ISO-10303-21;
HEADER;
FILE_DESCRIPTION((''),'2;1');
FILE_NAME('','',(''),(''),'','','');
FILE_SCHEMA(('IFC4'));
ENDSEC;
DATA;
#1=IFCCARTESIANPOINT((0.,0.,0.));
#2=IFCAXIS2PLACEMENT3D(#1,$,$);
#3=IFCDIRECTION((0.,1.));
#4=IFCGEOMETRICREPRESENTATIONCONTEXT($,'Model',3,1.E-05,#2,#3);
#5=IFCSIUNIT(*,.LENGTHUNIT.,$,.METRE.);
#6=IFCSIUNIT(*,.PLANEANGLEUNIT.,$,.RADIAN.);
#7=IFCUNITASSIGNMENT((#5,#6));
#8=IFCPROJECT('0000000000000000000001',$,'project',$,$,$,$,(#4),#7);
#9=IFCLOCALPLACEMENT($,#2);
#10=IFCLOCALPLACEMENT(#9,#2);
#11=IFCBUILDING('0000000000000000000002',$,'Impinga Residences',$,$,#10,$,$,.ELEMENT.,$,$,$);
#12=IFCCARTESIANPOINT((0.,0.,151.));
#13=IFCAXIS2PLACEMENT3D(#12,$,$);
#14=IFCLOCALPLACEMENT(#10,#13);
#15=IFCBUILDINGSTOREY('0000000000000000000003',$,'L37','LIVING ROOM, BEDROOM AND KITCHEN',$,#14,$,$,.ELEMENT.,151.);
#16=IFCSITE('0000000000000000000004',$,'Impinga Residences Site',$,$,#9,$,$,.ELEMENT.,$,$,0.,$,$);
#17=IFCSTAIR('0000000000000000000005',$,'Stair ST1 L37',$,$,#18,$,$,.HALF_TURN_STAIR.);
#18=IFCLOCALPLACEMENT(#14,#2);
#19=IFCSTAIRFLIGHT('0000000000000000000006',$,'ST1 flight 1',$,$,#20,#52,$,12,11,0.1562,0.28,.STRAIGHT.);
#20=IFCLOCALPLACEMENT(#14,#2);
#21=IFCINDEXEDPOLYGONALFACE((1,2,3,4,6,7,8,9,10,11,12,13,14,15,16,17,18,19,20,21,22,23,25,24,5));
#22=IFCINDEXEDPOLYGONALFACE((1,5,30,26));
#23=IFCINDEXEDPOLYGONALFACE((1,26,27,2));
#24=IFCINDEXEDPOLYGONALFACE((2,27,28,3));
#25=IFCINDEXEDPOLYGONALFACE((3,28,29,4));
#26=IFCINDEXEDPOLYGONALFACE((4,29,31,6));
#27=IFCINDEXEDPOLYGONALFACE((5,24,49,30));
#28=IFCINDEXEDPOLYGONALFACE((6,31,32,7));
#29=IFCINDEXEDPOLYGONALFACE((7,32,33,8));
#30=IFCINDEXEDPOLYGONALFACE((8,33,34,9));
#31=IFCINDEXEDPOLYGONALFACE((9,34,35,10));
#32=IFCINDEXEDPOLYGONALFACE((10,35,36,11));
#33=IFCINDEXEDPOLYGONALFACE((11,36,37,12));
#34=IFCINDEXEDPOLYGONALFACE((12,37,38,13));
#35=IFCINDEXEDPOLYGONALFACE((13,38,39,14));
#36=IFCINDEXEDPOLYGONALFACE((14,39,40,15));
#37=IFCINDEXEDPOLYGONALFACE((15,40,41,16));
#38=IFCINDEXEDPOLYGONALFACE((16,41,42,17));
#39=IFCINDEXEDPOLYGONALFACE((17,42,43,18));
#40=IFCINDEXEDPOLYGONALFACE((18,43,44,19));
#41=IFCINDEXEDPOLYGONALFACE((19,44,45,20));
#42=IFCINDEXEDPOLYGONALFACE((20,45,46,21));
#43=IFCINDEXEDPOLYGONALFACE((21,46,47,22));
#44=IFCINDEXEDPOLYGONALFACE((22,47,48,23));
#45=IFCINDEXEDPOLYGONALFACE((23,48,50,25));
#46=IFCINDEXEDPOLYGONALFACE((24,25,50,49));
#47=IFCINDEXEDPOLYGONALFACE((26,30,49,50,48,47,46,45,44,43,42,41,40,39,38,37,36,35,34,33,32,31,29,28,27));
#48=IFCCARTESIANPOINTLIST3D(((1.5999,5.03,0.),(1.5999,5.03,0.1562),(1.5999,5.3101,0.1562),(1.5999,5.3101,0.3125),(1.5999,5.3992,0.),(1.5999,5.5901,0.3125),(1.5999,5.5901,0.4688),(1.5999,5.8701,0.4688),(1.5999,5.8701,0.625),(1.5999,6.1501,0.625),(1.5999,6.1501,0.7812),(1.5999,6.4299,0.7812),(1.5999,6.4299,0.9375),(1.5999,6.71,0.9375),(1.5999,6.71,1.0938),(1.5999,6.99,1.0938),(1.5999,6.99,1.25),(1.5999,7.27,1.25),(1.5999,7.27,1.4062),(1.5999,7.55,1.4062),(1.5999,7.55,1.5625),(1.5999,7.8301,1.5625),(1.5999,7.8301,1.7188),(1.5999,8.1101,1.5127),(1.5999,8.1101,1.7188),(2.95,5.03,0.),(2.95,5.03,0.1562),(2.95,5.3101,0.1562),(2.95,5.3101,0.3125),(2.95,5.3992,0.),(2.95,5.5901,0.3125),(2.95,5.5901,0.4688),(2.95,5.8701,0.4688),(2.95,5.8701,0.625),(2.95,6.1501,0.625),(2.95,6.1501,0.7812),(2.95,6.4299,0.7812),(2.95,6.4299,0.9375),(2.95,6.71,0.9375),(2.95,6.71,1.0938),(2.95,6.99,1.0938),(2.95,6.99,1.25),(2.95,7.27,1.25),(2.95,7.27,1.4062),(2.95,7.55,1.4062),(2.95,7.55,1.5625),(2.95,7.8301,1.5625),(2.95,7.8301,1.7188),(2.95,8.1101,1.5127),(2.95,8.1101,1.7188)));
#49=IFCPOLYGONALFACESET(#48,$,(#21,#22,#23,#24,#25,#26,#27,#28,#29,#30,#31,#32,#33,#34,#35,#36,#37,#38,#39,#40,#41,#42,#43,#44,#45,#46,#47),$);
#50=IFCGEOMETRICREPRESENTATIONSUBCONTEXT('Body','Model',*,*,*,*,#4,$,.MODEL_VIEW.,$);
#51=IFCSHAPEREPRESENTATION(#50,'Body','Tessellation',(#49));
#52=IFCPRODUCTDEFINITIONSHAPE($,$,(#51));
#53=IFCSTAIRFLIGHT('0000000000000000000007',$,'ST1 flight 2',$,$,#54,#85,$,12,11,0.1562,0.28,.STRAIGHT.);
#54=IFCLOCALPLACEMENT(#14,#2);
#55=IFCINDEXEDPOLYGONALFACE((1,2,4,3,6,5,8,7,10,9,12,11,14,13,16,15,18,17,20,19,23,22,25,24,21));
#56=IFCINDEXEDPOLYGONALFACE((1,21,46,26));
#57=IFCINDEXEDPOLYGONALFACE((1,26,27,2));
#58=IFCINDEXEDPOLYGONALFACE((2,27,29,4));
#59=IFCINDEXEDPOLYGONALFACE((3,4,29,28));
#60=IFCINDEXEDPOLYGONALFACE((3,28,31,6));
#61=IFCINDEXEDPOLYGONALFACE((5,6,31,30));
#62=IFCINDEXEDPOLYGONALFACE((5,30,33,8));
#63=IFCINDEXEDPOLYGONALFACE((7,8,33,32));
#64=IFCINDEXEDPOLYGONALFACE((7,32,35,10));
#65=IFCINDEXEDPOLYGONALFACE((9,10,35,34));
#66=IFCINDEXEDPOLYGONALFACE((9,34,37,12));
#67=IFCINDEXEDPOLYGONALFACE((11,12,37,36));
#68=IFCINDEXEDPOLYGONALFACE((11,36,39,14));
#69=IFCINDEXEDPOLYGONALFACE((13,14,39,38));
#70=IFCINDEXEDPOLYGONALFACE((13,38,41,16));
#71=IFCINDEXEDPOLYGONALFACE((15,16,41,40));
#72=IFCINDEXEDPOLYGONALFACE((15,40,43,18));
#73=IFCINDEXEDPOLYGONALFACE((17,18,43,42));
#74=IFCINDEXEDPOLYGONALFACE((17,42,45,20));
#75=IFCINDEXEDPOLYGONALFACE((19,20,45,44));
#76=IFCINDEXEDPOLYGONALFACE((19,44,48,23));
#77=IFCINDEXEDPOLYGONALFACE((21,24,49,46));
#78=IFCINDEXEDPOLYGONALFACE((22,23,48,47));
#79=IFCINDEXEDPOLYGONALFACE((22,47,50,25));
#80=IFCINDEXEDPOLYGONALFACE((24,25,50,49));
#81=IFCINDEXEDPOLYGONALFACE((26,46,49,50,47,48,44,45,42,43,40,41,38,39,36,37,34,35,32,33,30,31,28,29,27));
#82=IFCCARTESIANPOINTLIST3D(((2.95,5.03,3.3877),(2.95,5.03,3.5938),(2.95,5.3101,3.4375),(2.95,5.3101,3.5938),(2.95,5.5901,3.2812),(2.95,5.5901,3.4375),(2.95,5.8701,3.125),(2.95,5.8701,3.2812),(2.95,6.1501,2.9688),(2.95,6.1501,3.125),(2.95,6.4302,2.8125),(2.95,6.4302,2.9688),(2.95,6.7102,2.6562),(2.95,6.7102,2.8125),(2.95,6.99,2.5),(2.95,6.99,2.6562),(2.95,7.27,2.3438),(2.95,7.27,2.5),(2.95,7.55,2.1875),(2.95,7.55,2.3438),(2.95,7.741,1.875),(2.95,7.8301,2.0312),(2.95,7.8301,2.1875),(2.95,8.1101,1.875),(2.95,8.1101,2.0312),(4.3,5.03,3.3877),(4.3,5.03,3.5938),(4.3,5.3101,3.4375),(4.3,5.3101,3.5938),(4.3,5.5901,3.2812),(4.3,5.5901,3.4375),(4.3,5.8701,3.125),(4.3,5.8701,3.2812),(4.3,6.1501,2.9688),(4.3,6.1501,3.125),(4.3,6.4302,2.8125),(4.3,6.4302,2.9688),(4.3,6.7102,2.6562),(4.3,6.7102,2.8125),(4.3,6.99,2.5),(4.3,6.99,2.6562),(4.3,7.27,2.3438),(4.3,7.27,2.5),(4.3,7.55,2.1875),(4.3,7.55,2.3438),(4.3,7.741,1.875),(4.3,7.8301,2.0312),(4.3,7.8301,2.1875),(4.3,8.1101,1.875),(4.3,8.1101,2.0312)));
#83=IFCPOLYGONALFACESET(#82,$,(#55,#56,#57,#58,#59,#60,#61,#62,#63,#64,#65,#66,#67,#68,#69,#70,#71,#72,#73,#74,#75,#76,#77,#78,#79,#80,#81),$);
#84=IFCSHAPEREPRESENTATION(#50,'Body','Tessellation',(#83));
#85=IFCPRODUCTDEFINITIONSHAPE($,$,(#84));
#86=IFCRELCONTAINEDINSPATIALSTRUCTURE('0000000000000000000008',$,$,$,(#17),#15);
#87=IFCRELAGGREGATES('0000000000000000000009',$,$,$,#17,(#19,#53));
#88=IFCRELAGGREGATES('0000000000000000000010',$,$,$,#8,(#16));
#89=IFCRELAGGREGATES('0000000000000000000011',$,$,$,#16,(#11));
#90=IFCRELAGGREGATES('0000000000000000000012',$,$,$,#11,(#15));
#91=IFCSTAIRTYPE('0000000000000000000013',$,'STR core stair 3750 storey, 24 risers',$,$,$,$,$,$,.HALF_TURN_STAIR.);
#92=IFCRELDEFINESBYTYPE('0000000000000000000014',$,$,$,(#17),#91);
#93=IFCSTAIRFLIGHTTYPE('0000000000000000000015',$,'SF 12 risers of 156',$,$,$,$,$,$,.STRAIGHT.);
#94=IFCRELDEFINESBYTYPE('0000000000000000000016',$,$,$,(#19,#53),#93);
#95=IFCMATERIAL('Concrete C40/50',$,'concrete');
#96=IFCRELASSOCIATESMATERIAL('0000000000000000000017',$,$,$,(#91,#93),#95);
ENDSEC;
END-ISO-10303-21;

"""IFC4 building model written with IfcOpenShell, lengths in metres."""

from ifc_helpers import new_model, si_unit, direction, frame, origin, place, context, subcontext, project, spatial, polyline, outline, extrude, material, type_object, element, aggregate, save


model = new_model("IFC4")

# Units and contexts
model_context = context("Model", 3, precision=1e-05, world=origin(), true_north=direction((0.0, 1.0)))
body_context = subcontext(model_context, "Body", "Model", "MODEL_VIEW")
ifc_project = project(units=[si_unit("LENGTHUNIT", "METRE"), si_unit("PLANEANGLEUNIT", "RADIAN")], contexts=[model_context])

# Site, building, storey
site_placement = place(None, origin())
site = spatial("IfcSite", under=ifc_project, at=site_placement, Name="Impinga Residences Site", CompositionType="ELEMENT", RefElevation=0.0)
building_placement = place(site_placement, origin())
building = spatial("IfcBuilding", under=site, at=building_placement, Name="Impinga Residences", CompositionType="ELEMENT")
storey_placement = place(building_placement, frame((0.0, 0.0, 151.0)))
storey = spatial("IfcBuildingStorey", under=building, at=storey_placement, Name="L37", Description="LIVING ROOM, BEDROOM AND KITCHEN", CompositionType="ELEMENT", Elevation=151.0)

# Stair, stair flights
ifc_material_1 = material(Name="Concrete C40/50", Category="concrete")
stair_type = type_object("IfcStairType", Name="STR core stair 3750 storey, 24 risers", PredefinedType="HALF_TURN_STAIR", material=ifc_material_1)
stair_placement = place(storey_placement, origin())
stair = element("IfcStair", 1, at=stair_placement, inside=storey, type_object=stair_type, Name="Stair ST1 L37", PredefinedType="HALF_TURN_STAIR")
stair_flight_type = type_object("IfcStairFlightType", Name="SF 12 risers of 156", PredefinedType="STRAIGHT", material=ifc_material_1)
stair_flight_1_placement = place(storey_placement, frame((2.2749, 5.03, 0.0), z_axis=(0.0, 0.0, 1.0), x_axis=(0.0, 1.0, 0.0)))
stair_flight_1 = element("IfcStairFlight", 2, at=stair_flight_1_placement, type_object=stair_flight_type, Name="ST1 flight 1", NumberOfRisers=12, NumberOfTreads=11, PredefinedType="STRAIGHT", RiserHeight=0.1562, TreadLength=0.28, context=body_context, shape_type="SweptSolid", body=[
    extrude(outline(polyline([(0.0, 0.0), (0.0, 0.1562), (0.28, 0.1562), (0.28, 0.3125), (0.5601, 0.3125), (0.5601, 0.4688), (0.8401, 0.4688), (0.8401, 0.625), (1.1201, 0.625), (1.1201, 0.7812), (1.3999, 0.7812), (1.3999, 0.9375), (1.6799, 0.9375), (1.6799, 1.0938), (1.96, 1.0938), (1.96, 1.25), (2.24, 1.25), (2.24, 1.4062), (2.52, 1.4062), (2.52, 1.5625), (2.8, 1.5625), (2.8, 1.7188), (3.0801, 1.7188), (3.0801, 1.875), (3.0801, 1.5127), (0.3691, 0.0), (0.0, 0.0)])), frame((0.0, 0.675, 0.0), z_axis=(0.0, -1.0, 0.0), x_axis=(1.0, 0.0, 0.0)), (0.0, 0.0, 1.0), 1.3501),
])
stair_flight_2_placement = place(storey_placement, frame((3.625, 8.1101, 1.875), z_axis=(0.0, 0.0, 1.0), x_axis=(0.0, -1.0, 0.0)))
stair_flight_2 = element("IfcStairFlight", 3, at=stair_flight_2_placement, type_object=stair_flight_type, Name="ST1 flight 2", NumberOfRisers=12, NumberOfTreads=11, PredefinedType="STRAIGHT", RiserHeight=0.1562, TreadLength=0.28, context=body_context, shape_type="SweptSolid", body=[
    extrude(outline(polyline([(0.0, 0.0), (0.0, 0.1562), (0.28, 0.1562), (0.28, 0.3125), (0.5601, 0.3125), (0.5601, 0.4688), (0.8401, 0.4688), (0.8401, 0.625), (1.1201, 0.625), (1.1201, 0.7812), (1.3999, 0.7812), (1.3999, 0.9375), (1.6799, 0.9375), (1.6799, 1.0938), (1.96, 1.0938), (1.96, 1.25), (2.24, 1.25), (2.24, 1.4062), (2.52, 1.4062), (2.52, 1.5625), (2.8, 1.5625), (2.8, 1.7188), (3.0801, 1.7188), (3.0801, 1.875), (3.0801, 1.5127), (0.3691, 0.0), (0.0, 0.0)])), frame((0.0, 0.675, 0.0), z_axis=(0.0, -1.0, 0.0), x_axis=(1.0, 0.0, 0.0)), (0.0, 0.0, 1.0), 1.3501),
])
aggregate(stair, [stair_flight_1, stair_flight_2])

save(model, "model.ifc")
